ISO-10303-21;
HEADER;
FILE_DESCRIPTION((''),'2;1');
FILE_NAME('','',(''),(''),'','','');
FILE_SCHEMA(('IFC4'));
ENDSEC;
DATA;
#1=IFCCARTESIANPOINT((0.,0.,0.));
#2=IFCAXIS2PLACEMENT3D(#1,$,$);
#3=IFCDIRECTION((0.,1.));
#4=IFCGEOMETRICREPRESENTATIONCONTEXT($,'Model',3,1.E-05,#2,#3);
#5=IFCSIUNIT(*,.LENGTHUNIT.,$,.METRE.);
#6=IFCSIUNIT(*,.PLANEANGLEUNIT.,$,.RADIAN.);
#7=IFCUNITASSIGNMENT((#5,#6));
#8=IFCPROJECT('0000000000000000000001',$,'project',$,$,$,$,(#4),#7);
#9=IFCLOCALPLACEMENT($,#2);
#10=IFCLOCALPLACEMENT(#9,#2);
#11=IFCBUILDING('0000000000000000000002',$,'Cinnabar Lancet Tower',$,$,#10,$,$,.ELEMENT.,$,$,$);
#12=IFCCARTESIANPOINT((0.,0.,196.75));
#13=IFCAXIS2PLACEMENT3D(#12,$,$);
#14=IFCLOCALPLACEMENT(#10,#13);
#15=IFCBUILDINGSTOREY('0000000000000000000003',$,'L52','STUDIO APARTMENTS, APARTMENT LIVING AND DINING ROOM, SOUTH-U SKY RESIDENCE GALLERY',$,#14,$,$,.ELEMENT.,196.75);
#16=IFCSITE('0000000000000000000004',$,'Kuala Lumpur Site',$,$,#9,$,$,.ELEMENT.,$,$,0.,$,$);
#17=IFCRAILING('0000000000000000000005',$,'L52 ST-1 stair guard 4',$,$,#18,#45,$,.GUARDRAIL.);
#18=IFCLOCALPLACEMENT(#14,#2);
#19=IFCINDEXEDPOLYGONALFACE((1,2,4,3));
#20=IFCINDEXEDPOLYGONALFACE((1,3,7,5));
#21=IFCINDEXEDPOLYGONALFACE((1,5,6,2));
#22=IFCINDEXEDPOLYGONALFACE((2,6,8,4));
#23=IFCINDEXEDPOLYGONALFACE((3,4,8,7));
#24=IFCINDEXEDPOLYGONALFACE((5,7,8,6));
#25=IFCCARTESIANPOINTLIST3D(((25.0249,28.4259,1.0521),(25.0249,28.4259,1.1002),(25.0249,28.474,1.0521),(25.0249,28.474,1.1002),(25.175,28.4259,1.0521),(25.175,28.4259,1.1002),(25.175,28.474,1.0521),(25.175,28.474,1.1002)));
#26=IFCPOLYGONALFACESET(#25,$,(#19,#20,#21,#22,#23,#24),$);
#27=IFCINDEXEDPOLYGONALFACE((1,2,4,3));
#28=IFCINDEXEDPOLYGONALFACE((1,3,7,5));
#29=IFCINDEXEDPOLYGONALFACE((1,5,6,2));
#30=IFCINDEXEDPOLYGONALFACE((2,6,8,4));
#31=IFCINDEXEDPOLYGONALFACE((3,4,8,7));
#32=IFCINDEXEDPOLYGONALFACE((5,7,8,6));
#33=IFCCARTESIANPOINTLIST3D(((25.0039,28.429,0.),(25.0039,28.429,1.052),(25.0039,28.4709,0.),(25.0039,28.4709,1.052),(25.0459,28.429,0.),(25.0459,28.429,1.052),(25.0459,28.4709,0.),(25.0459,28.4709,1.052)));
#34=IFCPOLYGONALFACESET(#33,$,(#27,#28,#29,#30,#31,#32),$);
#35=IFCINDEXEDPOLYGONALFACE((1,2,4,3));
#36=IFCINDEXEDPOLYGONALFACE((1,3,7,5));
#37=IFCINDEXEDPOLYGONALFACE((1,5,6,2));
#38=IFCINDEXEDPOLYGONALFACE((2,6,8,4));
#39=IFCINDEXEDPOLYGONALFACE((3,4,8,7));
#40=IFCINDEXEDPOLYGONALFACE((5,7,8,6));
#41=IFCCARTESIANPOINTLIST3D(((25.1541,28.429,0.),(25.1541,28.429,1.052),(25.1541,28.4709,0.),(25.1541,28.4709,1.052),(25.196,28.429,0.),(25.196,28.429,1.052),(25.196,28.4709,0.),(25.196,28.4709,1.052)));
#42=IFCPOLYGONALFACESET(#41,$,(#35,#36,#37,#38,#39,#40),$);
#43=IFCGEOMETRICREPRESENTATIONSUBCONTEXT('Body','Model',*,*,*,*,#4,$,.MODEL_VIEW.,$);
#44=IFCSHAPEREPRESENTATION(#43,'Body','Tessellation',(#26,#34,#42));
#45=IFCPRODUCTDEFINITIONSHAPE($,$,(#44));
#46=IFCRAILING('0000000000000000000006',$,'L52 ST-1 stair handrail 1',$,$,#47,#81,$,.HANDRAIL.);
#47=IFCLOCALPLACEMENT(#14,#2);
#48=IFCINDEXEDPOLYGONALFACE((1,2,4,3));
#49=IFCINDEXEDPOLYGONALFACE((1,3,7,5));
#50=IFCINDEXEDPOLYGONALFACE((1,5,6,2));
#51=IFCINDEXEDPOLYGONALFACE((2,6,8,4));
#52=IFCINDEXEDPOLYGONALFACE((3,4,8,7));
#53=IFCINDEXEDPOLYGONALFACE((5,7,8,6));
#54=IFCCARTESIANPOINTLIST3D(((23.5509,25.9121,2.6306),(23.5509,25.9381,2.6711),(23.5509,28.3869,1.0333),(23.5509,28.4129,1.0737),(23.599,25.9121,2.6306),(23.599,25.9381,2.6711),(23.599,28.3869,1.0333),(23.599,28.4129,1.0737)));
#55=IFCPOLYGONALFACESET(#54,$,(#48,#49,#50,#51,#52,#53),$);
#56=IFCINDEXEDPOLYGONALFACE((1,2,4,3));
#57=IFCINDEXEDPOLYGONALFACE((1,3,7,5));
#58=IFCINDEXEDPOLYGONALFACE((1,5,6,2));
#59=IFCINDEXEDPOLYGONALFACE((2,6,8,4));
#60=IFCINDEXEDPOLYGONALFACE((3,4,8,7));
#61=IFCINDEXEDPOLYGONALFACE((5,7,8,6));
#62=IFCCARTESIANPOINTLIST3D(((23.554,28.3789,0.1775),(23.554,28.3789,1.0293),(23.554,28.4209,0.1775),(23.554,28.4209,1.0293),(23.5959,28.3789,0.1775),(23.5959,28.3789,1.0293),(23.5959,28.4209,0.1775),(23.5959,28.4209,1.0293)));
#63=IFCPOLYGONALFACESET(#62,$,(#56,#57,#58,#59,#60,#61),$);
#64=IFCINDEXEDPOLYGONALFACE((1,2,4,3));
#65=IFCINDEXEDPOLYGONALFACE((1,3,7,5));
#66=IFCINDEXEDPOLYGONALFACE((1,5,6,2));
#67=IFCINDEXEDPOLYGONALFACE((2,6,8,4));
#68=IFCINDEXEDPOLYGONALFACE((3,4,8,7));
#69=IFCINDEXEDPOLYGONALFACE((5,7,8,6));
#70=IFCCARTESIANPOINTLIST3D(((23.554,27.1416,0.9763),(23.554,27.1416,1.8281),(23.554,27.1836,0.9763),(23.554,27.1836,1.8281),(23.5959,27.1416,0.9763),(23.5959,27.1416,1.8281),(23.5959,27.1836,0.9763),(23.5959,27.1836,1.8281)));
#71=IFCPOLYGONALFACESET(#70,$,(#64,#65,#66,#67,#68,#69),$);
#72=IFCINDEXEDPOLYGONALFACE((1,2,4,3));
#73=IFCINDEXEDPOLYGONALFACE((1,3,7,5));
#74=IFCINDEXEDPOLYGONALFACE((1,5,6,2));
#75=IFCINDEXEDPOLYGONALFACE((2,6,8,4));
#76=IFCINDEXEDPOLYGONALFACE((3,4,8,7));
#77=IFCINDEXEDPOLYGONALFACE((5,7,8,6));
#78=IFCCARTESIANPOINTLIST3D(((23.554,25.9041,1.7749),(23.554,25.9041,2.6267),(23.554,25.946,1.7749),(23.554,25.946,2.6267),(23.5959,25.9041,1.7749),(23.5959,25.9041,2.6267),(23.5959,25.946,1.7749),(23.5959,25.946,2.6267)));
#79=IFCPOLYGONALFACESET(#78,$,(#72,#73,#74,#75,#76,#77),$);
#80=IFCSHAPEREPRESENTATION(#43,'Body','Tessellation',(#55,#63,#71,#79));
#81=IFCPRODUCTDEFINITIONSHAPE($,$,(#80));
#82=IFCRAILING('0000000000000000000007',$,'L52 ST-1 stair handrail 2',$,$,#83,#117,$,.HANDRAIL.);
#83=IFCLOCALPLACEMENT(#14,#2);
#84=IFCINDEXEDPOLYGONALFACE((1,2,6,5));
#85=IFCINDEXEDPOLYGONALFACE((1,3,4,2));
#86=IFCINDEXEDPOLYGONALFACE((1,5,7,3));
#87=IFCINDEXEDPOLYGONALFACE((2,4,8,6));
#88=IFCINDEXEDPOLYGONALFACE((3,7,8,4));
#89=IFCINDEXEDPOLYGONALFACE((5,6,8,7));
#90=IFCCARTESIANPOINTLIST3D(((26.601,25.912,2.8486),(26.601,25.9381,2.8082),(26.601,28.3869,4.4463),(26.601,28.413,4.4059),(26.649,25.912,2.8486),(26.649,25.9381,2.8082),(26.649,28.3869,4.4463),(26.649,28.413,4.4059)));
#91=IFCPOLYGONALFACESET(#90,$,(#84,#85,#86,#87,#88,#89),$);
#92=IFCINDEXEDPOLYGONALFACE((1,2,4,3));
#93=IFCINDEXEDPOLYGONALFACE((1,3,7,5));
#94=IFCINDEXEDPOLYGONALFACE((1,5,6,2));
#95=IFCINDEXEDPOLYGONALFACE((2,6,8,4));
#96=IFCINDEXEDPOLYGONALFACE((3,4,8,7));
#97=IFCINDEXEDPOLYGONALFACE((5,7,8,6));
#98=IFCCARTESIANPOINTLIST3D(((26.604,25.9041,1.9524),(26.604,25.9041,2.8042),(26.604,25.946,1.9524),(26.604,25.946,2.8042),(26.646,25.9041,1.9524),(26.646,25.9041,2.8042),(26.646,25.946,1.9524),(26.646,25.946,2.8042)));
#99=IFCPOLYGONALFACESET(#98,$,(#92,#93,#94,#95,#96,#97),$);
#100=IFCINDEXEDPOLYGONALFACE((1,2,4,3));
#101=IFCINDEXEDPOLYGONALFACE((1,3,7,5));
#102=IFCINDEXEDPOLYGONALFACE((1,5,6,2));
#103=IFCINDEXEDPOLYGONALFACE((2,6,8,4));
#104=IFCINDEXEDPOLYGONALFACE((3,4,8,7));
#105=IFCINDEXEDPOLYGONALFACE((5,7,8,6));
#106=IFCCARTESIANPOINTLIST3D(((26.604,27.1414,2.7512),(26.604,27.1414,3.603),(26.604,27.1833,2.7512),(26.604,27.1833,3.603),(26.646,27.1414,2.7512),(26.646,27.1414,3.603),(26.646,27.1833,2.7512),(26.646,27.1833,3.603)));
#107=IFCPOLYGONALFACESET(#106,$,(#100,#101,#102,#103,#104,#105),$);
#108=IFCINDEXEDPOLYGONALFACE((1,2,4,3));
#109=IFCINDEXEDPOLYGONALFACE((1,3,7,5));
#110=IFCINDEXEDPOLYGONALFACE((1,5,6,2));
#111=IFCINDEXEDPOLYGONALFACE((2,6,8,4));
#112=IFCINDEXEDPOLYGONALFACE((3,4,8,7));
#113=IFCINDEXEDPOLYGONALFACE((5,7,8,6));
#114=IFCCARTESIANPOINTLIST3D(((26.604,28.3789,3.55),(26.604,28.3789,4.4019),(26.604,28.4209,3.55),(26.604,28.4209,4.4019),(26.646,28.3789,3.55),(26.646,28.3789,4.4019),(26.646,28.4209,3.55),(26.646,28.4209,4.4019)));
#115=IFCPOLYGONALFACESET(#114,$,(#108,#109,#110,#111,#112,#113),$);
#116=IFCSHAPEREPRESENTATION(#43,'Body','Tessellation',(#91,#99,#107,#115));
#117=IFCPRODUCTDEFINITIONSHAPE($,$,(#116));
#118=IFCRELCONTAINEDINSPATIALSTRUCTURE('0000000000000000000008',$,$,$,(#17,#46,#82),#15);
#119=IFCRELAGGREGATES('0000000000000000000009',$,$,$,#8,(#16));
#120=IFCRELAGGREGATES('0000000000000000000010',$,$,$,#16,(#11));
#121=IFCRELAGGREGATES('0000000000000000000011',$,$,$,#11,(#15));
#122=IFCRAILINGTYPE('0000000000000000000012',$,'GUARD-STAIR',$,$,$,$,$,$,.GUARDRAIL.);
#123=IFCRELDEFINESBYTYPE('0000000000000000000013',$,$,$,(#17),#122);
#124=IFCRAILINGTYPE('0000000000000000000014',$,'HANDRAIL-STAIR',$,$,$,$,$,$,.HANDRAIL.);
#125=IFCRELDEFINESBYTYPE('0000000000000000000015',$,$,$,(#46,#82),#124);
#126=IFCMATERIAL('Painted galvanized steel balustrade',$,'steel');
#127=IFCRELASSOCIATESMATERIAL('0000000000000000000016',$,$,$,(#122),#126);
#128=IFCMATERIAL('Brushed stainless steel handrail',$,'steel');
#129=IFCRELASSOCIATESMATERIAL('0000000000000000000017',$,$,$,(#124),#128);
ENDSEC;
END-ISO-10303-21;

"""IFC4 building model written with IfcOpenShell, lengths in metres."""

from ifc_helpers import new_model, si_unit, direction, frame, origin, origin_2d, place, context, subcontext, project, spatial, rectangle, extrude, material, type_object, element, save


model = new_model("IFC4")

# Units and contexts
model_context = context("Model", 3, precision=1e-05, world=origin(), true_north=direction((0.0, 1.0)))
body_context = subcontext(model_context, "Body", "Model", "MODEL_VIEW")
ifc_project = project(units=[si_unit("LENGTHUNIT", "METRE"), si_unit("PLANEANGLEUNIT", "RADIAN")], contexts=[model_context])

# Site, building, storey
site_placement = place(None, origin())
site = spatial("IfcSite", under=ifc_project, at=site_placement, Name="Kuala Lumpur Site", CompositionType="ELEMENT", RefElevation=0.0)
building_placement = place(site_placement, origin())
building = spatial("IfcBuilding", under=site, at=building_placement, Name="Cinnabar Lancet Tower", CompositionType="ELEMENT")
storey_placement = place(building_placement, frame((0.0, 0.0, 196.75)))
storey = spatial("IfcBuildingStorey", under=building, at=storey_placement, Name="L52", Description="STUDIO APARTMENTS, APARTMENT LIVING AND DINING ROOM, SOUTH-U SKY RESIDENCE GALLERY", CompositionType="ELEMENT", Elevation=196.75)

# Railings
ifc_material_1 = material(Name="Painted galvanized steel balustrade", Category="steel")
railing_type_1 = type_object("IfcRailingType", Name="GUARD-STAIR", PredefinedType="GUARDRAIL", material=ifc_material_1)
railing_1_placement = place(storey_placement, frame((25.0249, 28.45, 0.0)))
element("IfcRailing", 1, at=railing_1_placement, inside=storey, type_object=railing_type_1, Name="L52 ST-1 stair guard 4", PredefinedType="GUARDRAIL", context=body_context, shape_type="SweptSolid", body=[
    extrude(rectangle(XDim=0.0481, YDim=0.0481, at=origin_2d()), frame((0.0, 0.0, 1.0762), z_axis=(1.0, 0.0, 0.0), x_axis=(0.0, 1.0, 0.0)), (0.0, 0.0, 1.0), 0.1501),
    extrude(rectangle(XDim=0.042, YDim=0.042, at=origin_2d()), origin(), (0.0, 0.0, 1.0), 1.052),
    extrude(rectangle(XDim=0.042, YDim=0.042, at=origin_2d()), frame((0.1501, 0.0, 0.0)), (0.0, 0.0, 1.0), 1.052),
])
ifc_material_2 = material(Name="Brushed stainless steel handrail", Category="steel")
railing_type_2 = type_object("IfcRailingType", Name="HANDRAIL-STAIR", PredefinedType="HANDRAIL", material=ifc_material_2)
railing_2_placement = place(storey_placement, frame((23.575, 28.3999, 0.1775)))
element("IfcRailing", 2, at=railing_2_placement, inside=storey, type_object=railing_type_2, Name="L52 ST-1 stair handrail 1", PredefinedType="HANDRAIL", context=body_context, shape_type="SweptSolid", body=[
    extrude(rectangle(XDim=0.0481, YDim=0.0481, at=origin_2d()), frame((0.0, 0.0, 0.876), z_axis=(0.0, -0.840183, 0.542302), x_axis=(1.0, 0.0, 0.0)), (0.0, 0.0, 1.0), 2.9456),
    extrude(rectangle(XDim=0.042, YDim=0.042, at=origin_2d()), origin(), (0.0, 0.0, 1.0), 0.8518),
    extrude(rectangle(XDim=0.042, YDim=0.042, at=origin_2d()), frame((0.0, -1.2373, 0.7988)), (0.0, 0.0, 1.0), 0.8518),
    extrude(rectangle(XDim=0.042, YDim=0.042, at=origin_2d()), frame((0.0, -2.4749, 1.5974)), (0.0, 0.0, 1.0), 0.8518),
])
railing_3_placement = place(storey_placement, frame((26.625, 25.925, 1.9524)))
element("IfcRailing", 3, at=railing_3_placement, inside=storey, type_object=railing_type_2, Name="L52 ST-1 stair handrail 2", PredefinedType="HANDRAIL", context=body_context, shape_type="SweptSolid", body=[
    extrude(rectangle(XDim=0.0481, YDim=0.0481, at=origin_2d()), frame((0.0, 0.0, 0.876), z_axis=(0.0, 0.840146, 0.542361), x_axis=(-1.0, 0.0, 0.0)), (0.0, 0.0, 1.0), 2.9458),
    extrude(rectangle(XDim=0.042, YDim=0.042, at=origin_2d()), origin(), (0.0, 0.0, 1.0), 0.8518),
    extrude(rectangle(XDim=0.042, YDim=0.042, at=origin_2d()), frame((0.0, 1.2373, 0.7988)), (0.0, 0.0, 1.0), 0.8518),
    extrude(rectangle(XDim=0.042, YDim=0.042, at=origin_2d()), frame((0.0, 2.4749, 1.5977)), (0.0, 0.0, 1.0), 0.8518),
])

save(model, "model.ifc")
